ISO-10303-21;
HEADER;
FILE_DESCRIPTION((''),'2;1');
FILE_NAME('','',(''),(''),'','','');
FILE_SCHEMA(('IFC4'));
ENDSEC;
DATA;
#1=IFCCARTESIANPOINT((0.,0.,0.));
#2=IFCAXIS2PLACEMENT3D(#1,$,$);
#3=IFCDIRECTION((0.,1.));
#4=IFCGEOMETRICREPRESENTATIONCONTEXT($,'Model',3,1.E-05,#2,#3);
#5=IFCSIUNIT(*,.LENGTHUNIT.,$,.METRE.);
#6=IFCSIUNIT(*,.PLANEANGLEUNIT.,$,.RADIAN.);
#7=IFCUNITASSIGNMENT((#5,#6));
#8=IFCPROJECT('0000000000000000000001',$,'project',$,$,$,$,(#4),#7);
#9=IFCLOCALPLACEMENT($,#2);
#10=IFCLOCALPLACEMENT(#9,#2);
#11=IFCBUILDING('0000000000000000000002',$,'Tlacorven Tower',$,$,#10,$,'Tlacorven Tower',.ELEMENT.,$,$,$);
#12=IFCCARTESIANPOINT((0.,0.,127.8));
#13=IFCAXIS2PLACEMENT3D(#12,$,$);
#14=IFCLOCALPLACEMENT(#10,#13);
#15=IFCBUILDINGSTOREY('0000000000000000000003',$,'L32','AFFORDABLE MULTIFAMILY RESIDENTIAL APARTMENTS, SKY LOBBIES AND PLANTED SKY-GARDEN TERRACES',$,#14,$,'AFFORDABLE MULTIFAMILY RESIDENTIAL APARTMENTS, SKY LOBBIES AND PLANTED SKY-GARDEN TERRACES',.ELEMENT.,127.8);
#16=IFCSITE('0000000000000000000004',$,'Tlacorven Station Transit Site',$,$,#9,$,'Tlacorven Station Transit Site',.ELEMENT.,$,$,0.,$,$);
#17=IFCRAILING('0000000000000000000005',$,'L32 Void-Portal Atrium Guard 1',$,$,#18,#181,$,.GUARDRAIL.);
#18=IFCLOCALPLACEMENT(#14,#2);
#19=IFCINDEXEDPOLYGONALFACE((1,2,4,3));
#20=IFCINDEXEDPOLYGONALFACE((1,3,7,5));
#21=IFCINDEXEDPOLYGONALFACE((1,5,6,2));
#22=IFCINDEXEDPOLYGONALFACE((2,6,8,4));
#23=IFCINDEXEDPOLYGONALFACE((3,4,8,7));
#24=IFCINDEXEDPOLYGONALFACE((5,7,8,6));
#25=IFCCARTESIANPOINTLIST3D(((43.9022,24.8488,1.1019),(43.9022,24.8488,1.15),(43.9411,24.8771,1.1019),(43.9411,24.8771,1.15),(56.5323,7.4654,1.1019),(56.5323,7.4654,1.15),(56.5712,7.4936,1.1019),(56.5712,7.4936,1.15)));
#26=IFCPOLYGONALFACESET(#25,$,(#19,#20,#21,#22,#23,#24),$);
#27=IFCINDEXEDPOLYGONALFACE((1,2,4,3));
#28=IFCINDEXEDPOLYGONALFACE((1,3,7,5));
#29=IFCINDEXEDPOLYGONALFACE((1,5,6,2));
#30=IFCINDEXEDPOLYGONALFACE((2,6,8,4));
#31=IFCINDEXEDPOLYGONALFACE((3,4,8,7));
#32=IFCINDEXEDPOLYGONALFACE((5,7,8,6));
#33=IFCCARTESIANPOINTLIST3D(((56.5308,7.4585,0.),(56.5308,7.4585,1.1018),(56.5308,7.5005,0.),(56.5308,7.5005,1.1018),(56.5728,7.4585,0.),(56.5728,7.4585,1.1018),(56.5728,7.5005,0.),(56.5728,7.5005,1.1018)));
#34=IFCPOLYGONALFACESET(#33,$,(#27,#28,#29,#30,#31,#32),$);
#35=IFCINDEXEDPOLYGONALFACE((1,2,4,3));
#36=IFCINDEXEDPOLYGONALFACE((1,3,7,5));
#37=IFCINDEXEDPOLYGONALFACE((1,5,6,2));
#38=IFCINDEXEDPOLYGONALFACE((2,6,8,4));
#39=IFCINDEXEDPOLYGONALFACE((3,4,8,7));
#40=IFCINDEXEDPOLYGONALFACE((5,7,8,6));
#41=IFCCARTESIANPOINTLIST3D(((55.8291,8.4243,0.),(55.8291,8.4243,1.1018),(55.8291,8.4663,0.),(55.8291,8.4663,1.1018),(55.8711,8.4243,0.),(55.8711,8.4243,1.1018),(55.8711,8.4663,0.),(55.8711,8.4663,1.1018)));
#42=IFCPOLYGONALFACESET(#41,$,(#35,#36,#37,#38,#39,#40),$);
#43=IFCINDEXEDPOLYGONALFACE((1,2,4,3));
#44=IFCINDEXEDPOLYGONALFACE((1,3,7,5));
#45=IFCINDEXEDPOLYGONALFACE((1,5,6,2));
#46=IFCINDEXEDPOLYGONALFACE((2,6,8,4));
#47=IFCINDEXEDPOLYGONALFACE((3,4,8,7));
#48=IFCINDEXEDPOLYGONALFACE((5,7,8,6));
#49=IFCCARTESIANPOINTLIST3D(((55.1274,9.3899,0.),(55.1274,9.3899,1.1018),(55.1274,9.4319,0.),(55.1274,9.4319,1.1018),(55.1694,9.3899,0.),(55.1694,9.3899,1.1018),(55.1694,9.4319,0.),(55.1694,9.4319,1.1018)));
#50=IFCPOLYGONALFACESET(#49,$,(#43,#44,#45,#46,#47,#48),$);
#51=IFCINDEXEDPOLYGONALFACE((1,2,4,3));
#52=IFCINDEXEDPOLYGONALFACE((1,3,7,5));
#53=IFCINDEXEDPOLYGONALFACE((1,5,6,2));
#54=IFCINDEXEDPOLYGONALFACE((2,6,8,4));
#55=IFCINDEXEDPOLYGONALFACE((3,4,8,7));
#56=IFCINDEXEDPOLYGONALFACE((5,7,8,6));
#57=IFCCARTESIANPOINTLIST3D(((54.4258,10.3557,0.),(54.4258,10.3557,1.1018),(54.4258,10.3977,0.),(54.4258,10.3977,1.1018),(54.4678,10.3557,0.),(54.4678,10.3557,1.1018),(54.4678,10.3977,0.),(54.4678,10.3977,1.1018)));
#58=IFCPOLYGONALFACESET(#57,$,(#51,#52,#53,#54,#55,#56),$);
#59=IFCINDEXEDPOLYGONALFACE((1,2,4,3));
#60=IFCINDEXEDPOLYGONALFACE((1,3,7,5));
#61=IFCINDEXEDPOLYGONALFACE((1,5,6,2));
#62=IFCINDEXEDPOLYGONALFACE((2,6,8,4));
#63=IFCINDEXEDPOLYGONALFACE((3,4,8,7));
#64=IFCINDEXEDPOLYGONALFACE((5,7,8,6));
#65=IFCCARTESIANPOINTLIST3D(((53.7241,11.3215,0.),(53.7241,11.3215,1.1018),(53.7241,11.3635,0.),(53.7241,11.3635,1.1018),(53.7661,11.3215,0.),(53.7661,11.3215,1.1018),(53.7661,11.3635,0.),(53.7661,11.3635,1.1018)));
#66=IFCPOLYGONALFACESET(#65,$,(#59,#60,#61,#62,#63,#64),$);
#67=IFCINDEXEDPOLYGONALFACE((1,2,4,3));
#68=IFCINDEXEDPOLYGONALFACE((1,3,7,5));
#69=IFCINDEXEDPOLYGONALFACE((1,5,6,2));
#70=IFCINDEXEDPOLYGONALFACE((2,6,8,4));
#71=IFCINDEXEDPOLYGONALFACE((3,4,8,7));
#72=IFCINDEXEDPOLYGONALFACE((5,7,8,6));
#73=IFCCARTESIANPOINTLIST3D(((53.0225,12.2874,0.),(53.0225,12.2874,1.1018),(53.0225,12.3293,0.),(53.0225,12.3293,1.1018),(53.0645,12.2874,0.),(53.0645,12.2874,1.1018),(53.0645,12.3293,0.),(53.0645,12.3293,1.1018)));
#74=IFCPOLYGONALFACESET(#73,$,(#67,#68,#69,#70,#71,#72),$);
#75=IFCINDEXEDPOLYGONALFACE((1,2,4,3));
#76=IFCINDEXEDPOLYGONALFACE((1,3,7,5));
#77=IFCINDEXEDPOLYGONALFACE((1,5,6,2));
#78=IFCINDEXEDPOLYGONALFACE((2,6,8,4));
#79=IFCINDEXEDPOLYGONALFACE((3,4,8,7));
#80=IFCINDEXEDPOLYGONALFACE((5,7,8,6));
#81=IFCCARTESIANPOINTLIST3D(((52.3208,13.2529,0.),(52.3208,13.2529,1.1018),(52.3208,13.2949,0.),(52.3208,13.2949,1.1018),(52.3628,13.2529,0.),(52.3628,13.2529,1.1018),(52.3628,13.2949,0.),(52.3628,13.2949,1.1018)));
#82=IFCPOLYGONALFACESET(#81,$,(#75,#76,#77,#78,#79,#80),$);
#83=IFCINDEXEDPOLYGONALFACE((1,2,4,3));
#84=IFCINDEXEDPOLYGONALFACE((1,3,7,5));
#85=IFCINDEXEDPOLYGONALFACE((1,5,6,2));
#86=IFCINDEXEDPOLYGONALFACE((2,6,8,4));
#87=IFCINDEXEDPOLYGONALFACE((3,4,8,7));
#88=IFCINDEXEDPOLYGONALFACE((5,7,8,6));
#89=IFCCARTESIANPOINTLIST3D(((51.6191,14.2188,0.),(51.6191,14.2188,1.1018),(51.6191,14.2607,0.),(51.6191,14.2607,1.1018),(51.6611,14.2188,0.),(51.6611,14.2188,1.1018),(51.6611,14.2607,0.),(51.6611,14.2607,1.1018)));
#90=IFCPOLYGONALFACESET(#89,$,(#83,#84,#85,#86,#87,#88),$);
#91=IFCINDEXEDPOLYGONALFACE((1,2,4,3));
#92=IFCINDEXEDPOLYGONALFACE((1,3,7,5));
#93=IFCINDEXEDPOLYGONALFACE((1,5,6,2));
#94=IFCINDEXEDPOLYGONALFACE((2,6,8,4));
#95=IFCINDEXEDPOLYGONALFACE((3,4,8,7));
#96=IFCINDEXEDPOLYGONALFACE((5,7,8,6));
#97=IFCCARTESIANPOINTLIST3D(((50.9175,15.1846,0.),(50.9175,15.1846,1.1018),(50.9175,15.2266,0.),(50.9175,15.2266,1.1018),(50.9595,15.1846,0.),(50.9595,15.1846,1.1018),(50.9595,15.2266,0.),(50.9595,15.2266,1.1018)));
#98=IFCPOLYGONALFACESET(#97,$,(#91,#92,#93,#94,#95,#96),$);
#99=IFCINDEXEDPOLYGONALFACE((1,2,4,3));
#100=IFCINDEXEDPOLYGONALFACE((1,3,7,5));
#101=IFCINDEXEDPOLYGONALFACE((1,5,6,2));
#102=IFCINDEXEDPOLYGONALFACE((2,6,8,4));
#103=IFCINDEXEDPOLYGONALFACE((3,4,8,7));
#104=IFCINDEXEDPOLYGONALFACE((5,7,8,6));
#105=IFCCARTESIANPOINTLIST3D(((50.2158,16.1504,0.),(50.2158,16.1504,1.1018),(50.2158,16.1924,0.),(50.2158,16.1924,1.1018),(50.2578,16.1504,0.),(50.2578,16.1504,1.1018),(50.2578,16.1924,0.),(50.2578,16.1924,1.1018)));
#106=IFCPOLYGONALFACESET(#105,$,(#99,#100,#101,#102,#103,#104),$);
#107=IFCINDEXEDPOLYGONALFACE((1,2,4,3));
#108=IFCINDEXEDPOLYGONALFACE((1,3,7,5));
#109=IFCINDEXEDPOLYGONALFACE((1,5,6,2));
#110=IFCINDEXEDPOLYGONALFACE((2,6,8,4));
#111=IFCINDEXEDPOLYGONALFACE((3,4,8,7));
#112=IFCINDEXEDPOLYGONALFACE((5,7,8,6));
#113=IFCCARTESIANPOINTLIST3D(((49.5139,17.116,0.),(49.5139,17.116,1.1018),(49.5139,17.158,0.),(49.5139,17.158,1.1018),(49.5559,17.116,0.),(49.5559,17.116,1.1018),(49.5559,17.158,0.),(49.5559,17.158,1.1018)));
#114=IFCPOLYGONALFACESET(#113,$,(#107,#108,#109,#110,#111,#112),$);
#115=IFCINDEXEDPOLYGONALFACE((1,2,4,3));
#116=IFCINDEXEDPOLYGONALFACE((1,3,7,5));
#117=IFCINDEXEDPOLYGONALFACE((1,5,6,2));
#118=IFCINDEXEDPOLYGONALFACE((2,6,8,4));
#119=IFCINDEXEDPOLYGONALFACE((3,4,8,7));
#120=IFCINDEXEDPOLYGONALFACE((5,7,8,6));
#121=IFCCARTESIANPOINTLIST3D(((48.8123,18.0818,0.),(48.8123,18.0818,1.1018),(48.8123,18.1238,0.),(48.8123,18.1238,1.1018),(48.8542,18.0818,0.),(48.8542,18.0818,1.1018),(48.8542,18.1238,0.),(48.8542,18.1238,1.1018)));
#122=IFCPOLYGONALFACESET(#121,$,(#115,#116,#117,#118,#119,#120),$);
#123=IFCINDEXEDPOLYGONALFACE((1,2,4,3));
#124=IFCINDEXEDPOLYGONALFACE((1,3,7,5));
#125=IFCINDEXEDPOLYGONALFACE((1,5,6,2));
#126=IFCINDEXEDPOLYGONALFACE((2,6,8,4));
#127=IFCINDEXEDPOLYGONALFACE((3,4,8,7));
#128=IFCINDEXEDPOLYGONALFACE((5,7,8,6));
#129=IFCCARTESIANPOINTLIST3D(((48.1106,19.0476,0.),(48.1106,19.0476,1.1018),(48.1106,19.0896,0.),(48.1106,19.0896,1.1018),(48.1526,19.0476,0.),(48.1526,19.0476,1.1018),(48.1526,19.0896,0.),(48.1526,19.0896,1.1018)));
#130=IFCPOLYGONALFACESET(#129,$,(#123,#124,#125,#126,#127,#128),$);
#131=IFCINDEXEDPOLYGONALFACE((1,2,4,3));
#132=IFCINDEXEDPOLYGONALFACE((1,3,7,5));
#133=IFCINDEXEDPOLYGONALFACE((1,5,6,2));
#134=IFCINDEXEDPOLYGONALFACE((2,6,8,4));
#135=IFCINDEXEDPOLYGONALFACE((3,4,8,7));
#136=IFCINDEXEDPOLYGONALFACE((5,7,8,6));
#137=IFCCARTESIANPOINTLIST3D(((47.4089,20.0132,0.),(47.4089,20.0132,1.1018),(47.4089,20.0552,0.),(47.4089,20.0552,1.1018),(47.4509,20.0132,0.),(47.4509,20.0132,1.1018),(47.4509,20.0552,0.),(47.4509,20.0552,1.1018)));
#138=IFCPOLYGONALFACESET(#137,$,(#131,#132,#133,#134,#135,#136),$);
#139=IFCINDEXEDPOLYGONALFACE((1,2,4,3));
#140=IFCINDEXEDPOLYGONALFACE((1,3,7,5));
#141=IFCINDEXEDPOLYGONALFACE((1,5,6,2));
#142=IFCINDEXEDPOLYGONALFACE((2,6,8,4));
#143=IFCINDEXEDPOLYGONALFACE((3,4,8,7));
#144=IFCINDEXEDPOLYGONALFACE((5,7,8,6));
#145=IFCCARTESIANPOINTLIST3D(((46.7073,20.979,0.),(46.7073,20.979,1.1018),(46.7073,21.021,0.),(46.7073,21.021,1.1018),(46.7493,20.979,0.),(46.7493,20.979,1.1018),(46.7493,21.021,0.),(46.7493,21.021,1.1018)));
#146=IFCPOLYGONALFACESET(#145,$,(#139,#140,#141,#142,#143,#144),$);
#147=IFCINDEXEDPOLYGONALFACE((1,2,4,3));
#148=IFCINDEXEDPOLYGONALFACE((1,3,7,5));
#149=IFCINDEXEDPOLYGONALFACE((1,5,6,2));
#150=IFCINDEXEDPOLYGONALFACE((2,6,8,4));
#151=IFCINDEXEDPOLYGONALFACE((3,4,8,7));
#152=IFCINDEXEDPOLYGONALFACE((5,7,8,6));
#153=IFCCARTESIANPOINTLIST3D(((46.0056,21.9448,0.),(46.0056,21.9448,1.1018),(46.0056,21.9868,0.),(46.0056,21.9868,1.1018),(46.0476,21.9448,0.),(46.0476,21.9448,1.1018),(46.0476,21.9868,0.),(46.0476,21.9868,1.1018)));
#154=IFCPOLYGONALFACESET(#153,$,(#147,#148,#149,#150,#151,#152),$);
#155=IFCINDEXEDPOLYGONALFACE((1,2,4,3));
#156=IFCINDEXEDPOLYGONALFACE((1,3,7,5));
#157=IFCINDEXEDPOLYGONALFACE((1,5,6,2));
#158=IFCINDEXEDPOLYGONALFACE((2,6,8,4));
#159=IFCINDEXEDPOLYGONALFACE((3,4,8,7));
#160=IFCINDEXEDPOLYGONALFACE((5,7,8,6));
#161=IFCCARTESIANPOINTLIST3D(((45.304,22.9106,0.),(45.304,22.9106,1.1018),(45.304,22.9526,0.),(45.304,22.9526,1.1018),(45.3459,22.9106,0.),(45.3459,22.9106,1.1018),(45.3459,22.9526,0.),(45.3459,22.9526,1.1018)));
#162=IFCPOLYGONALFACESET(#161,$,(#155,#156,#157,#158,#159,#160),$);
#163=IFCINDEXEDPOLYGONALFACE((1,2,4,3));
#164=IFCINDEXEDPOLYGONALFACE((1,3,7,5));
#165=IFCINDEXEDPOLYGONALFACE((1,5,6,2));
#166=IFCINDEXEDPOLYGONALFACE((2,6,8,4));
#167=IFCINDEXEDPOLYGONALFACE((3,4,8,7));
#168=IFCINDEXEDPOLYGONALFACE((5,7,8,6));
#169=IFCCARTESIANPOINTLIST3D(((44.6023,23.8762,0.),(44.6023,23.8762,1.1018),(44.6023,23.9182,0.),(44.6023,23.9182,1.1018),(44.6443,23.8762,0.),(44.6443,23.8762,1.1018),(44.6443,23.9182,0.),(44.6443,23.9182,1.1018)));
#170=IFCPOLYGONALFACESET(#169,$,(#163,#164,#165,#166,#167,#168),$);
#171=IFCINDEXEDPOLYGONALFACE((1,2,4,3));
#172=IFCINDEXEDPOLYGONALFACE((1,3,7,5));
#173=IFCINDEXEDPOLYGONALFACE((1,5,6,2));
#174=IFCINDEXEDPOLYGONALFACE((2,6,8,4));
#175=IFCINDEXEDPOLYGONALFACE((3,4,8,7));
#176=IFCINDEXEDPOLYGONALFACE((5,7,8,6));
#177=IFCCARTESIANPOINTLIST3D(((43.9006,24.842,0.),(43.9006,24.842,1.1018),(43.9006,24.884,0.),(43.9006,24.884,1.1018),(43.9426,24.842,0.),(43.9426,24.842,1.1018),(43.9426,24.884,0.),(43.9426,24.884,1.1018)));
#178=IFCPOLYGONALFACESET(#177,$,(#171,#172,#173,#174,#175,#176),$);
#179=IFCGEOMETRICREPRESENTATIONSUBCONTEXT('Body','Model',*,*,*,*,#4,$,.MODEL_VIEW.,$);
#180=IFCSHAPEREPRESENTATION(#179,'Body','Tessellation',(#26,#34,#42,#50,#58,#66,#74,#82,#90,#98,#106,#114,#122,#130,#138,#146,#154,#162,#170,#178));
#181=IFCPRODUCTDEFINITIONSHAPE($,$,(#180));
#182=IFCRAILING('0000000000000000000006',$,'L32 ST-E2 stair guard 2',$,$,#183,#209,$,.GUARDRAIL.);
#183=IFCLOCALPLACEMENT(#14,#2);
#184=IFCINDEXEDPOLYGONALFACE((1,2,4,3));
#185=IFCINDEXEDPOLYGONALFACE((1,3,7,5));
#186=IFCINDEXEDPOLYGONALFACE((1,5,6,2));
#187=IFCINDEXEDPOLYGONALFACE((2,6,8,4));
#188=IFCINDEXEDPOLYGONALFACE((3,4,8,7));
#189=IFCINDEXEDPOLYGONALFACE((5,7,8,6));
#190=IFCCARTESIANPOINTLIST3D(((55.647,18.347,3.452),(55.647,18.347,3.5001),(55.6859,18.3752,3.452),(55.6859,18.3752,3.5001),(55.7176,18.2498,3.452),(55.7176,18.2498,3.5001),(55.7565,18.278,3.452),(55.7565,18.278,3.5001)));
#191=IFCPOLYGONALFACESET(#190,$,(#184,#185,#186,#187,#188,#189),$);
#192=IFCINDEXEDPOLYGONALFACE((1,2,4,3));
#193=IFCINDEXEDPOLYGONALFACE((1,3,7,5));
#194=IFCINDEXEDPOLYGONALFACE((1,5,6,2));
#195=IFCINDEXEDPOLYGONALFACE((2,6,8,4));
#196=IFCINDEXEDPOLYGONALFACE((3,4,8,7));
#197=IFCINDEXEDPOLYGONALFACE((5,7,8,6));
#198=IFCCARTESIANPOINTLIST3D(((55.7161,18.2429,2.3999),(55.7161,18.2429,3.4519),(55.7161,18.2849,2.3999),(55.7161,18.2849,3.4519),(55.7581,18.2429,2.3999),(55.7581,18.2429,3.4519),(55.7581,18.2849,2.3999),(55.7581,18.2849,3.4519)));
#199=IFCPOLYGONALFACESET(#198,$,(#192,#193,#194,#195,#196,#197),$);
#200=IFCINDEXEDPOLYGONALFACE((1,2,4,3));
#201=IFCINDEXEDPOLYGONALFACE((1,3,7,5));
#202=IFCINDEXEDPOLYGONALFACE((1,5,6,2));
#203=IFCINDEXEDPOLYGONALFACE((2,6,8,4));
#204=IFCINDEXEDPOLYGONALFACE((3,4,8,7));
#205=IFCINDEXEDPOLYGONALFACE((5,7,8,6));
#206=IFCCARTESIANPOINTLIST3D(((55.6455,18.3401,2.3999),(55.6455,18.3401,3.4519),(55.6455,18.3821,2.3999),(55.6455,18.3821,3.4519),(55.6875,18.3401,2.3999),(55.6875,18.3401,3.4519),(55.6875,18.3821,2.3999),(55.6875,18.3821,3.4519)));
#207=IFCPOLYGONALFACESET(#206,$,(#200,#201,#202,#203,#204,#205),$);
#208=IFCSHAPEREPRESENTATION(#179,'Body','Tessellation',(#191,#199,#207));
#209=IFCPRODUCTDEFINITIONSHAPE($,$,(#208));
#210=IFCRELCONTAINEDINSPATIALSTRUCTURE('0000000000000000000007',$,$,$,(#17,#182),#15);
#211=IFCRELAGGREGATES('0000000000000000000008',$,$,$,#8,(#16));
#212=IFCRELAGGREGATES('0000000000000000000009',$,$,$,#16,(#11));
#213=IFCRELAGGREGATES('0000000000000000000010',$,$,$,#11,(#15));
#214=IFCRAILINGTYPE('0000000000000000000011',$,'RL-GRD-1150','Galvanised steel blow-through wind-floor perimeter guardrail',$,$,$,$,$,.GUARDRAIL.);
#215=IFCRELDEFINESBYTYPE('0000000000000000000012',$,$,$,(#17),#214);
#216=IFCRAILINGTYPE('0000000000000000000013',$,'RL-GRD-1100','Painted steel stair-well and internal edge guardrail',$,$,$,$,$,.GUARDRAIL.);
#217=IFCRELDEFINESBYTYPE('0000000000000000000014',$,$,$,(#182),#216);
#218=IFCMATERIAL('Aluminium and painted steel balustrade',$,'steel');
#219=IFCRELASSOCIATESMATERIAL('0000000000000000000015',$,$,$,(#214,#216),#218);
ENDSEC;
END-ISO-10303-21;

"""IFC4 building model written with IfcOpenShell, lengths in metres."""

from ifc_helpers import new_model, si_unit, direction, frame, origin, origin_2d, place, context, subcontext, project, spatial, rectangle, extrude, source, transform, mapped, material, type_object, element, save


model = new_model("IFC4")

# Units and contexts
model_context = context("Model", 3, precision=1e-05, world=origin(), true_north=direction((0.0, 1.0)))
body_context = subcontext(model_context, "Body", "Model", "MODEL_VIEW")
ifc_project = project(units=[si_unit("LENGTHUNIT", "METRE"), si_unit("PLANEANGLEUNIT", "RADIAN")], contexts=[model_context])

# Site, building, storey
site_placement = place(None, origin())
site = spatial("IfcSite", under=ifc_project, at=site_placement, Name="Tlacorven Station Transit Site", LongName="Tlacorven Station Transit Site", CompositionType="ELEMENT", RefElevation=0.0)
building_placement = place(site_placement, origin())
building = spatial("IfcBuilding", under=site, at=building_placement, Name="Tlacorven Tower", LongName="Tlacorven Tower", CompositionType="ELEMENT")
storey_placement = place(building_placement, frame((0.0, 0.0, 127.8)))
storey = spatial("IfcBuildingStorey", under=building, at=storey_placement, Name="L32", Description="AFFORDABLE MULTIFAMILY RESIDENTIAL APARTMENTS, SKY LOBBIES AND PLANTED SKY-GARDEN TERRACES", LongName="AFFORDABLE MULTIFAMILY RESIDENTIAL APARTMENTS, SKY LOBBIES AND PLANTED SKY-GARDEN TERRACES", CompositionType="ELEMENT", Elevation=127.8)

# Railings
ifc_material_1 = material(Name="Aluminium and painted steel balustrade", Category="steel")
railing_type_1 = type_object("IfcRailingType", Name="RL-GRD-1150", Description="Galvanised steel blow-through wind-floor perimeter guardrail", PredefinedType="GUARDRAIL", material=ifc_material_1)
shared_shape_1 = source(origin(), body_context, "Body", "SweptSolid", [
    extrude(rectangle(XDim=0.0481, YDim=0.0481, at=origin_2d()), frame((0.0, 0.0, 1.126), z_axis=(-0.587793, 0.809012, 0.0), x_axis=(-0.809012, -0.587793, 0.0)), (0.0, 0.0, 1.0), 21.4873),
    extrude(rectangle(XDim=0.042, YDim=0.042, at=origin_2d()), origin(), (0.0, 0.0, 1.0), 1.1018),
    extrude(rectangle(XDim=0.042, YDim=0.042, at=origin_2d()), frame((-0.7017, 0.9658, 0.0)), (0.0, 0.0, 1.0), 1.1018),
    extrude(rectangle(XDim=0.042, YDim=0.042, at=origin_2d()), frame((-1.4033, 1.9314, 0.0)), (0.0, 0.0, 1.0), 1.1018),
    extrude(rectangle(XDim=0.042, YDim=0.042, at=origin_2d()), frame((-2.105, 2.8972, 0.0)), (0.0, 0.0, 1.0), 1.1018),
    extrude(rectangle(XDim=0.042, YDim=0.042, at=origin_2d()), frame((-2.8066, 3.863, 0.0)), (0.0, 0.0, 1.0), 1.1018),
    extrude(rectangle(XDim=0.042, YDim=0.042, at=origin_2d()), frame((-3.5083, 4.8289, 0.0)), (0.0, 0.0, 1.0), 1.1018),
    extrude(rectangle(XDim=0.042, YDim=0.042, at=origin_2d()), frame((-4.21, 5.7944, 0.0)), (0.0, 0.0, 1.0), 1.1018),
    extrude(rectangle(XDim=0.042, YDim=0.042, at=origin_2d()), frame((-4.9116, 6.7603, 0.0)), (0.0, 0.0, 1.0), 1.1018),
    extrude(rectangle(XDim=0.042, YDim=0.042, at=origin_2d()), frame((-5.6133, 7.7261, 0.0)), (0.0, 0.0, 1.0), 1.1018),
    extrude(rectangle(XDim=0.042, YDim=0.042, at=origin_2d()), frame((-6.3149, 8.6919, 0.0)), (0.0, 0.0, 1.0), 1.1018),
    extrude(rectangle(XDim=0.042, YDim=0.042, at=origin_2d()), frame((-7.0168, 9.6575, 0.0)), (0.0, 0.0, 1.0), 1.1018),
    extrude(rectangle(XDim=0.042, YDim=0.042, at=origin_2d()), frame((-7.7185, 10.6233, 0.0)), (0.0, 0.0, 1.0), 1.1018),
    extrude(rectangle(XDim=0.042, YDim=0.042, at=origin_2d()), frame((-8.4202, 11.5891, 0.0)), (0.0, 0.0, 1.0), 1.1018),
    extrude(rectangle(XDim=0.042, YDim=0.042, at=origin_2d()), frame((-9.1218, 12.5547, 0.0)), (0.0, 0.0, 1.0), 1.1018),
    extrude(rectangle(XDim=0.042, YDim=0.042, at=origin_2d()), frame((-9.8235, 13.5205, 0.0)), (0.0, 0.0, 1.0), 1.1018),
    extrude(rectangle(XDim=0.042, YDim=0.042, at=origin_2d()), frame((-10.5251, 14.4863, 0.0)), (0.0, 0.0, 1.0), 1.1018),
    extrude(rectangle(XDim=0.042, YDim=0.042, at=origin_2d()), frame((-11.2268, 15.4521, 0.0)), (0.0, 0.0, 1.0), 1.1018),
    extrude(rectangle(XDim=0.042, YDim=0.042, at=origin_2d()), frame((-11.9285, 16.4177, 0.0)), (0.0, 0.0, 1.0), 1.1018),
    extrude(rectangle(XDim=0.042, YDim=0.042, at=origin_2d()), frame((-12.6301, 17.3835, 0.0)), (0.0, 0.0, 1.0), 1.1018),
])
railing_1_placement = place(storey_placement, frame((56.5518, 7.4795, 0.0)))
element("IfcRailing", 1, at=railing_1_placement, inside=storey, type_object=railing_type_1, Name="L32 Void-Portal Atrium Guard 1", PredefinedType="GUARDRAIL", context=body_context, shape_type="MappedRepresentation", body=[
    mapped(shared_shape_1, transform((0.0, 0.0, 0.0), scale=1.0)),
])
railing_type_2 = type_object("IfcRailingType", Name="RL-GRD-1100", Description="Painted steel stair-well and internal edge guardrail", PredefinedType="GUARDRAIL", material=ifc_material_1)
shared_shape_2 = source(origin(), body_context, "Body", "SweptSolid", [
    extrude(rectangle(XDim=0.0481, YDim=0.0481, at=origin_2d()), frame((0.0, 0.0, 1.0762), z_axis=(-0.587567, 0.809175, 0.0), x_axis=(-0.809175, -0.587567, 0.0)), (0.0, 0.0, 1.0), 0.1201),
    extrude(rectangle(XDim=0.042, YDim=0.042, at=origin_2d()), origin(), (0.0, 0.0, 1.0), 1.052),
    extrude(rectangle(XDim=0.042, YDim=0.042, at=origin_2d()), frame((-0.0706, 0.0972, 0.0)), (0.0, 0.0, 1.0), 1.052),
])
railing_2_placement = place(storey_placement, frame((55.7371, 18.2639, 2.3999)))
element("IfcRailing", 2, at=railing_2_placement, inside=storey, type_object=railing_type_2, Name="L32 ST-E2 stair guard 2", PredefinedType="GUARDRAIL", context=body_context, shape_type="MappedRepresentation", body=[
    mapped(shared_shape_2, transform((0.0, 0.0, 0.0), scale=1.0)),
])

save(model, "model.ifc")
